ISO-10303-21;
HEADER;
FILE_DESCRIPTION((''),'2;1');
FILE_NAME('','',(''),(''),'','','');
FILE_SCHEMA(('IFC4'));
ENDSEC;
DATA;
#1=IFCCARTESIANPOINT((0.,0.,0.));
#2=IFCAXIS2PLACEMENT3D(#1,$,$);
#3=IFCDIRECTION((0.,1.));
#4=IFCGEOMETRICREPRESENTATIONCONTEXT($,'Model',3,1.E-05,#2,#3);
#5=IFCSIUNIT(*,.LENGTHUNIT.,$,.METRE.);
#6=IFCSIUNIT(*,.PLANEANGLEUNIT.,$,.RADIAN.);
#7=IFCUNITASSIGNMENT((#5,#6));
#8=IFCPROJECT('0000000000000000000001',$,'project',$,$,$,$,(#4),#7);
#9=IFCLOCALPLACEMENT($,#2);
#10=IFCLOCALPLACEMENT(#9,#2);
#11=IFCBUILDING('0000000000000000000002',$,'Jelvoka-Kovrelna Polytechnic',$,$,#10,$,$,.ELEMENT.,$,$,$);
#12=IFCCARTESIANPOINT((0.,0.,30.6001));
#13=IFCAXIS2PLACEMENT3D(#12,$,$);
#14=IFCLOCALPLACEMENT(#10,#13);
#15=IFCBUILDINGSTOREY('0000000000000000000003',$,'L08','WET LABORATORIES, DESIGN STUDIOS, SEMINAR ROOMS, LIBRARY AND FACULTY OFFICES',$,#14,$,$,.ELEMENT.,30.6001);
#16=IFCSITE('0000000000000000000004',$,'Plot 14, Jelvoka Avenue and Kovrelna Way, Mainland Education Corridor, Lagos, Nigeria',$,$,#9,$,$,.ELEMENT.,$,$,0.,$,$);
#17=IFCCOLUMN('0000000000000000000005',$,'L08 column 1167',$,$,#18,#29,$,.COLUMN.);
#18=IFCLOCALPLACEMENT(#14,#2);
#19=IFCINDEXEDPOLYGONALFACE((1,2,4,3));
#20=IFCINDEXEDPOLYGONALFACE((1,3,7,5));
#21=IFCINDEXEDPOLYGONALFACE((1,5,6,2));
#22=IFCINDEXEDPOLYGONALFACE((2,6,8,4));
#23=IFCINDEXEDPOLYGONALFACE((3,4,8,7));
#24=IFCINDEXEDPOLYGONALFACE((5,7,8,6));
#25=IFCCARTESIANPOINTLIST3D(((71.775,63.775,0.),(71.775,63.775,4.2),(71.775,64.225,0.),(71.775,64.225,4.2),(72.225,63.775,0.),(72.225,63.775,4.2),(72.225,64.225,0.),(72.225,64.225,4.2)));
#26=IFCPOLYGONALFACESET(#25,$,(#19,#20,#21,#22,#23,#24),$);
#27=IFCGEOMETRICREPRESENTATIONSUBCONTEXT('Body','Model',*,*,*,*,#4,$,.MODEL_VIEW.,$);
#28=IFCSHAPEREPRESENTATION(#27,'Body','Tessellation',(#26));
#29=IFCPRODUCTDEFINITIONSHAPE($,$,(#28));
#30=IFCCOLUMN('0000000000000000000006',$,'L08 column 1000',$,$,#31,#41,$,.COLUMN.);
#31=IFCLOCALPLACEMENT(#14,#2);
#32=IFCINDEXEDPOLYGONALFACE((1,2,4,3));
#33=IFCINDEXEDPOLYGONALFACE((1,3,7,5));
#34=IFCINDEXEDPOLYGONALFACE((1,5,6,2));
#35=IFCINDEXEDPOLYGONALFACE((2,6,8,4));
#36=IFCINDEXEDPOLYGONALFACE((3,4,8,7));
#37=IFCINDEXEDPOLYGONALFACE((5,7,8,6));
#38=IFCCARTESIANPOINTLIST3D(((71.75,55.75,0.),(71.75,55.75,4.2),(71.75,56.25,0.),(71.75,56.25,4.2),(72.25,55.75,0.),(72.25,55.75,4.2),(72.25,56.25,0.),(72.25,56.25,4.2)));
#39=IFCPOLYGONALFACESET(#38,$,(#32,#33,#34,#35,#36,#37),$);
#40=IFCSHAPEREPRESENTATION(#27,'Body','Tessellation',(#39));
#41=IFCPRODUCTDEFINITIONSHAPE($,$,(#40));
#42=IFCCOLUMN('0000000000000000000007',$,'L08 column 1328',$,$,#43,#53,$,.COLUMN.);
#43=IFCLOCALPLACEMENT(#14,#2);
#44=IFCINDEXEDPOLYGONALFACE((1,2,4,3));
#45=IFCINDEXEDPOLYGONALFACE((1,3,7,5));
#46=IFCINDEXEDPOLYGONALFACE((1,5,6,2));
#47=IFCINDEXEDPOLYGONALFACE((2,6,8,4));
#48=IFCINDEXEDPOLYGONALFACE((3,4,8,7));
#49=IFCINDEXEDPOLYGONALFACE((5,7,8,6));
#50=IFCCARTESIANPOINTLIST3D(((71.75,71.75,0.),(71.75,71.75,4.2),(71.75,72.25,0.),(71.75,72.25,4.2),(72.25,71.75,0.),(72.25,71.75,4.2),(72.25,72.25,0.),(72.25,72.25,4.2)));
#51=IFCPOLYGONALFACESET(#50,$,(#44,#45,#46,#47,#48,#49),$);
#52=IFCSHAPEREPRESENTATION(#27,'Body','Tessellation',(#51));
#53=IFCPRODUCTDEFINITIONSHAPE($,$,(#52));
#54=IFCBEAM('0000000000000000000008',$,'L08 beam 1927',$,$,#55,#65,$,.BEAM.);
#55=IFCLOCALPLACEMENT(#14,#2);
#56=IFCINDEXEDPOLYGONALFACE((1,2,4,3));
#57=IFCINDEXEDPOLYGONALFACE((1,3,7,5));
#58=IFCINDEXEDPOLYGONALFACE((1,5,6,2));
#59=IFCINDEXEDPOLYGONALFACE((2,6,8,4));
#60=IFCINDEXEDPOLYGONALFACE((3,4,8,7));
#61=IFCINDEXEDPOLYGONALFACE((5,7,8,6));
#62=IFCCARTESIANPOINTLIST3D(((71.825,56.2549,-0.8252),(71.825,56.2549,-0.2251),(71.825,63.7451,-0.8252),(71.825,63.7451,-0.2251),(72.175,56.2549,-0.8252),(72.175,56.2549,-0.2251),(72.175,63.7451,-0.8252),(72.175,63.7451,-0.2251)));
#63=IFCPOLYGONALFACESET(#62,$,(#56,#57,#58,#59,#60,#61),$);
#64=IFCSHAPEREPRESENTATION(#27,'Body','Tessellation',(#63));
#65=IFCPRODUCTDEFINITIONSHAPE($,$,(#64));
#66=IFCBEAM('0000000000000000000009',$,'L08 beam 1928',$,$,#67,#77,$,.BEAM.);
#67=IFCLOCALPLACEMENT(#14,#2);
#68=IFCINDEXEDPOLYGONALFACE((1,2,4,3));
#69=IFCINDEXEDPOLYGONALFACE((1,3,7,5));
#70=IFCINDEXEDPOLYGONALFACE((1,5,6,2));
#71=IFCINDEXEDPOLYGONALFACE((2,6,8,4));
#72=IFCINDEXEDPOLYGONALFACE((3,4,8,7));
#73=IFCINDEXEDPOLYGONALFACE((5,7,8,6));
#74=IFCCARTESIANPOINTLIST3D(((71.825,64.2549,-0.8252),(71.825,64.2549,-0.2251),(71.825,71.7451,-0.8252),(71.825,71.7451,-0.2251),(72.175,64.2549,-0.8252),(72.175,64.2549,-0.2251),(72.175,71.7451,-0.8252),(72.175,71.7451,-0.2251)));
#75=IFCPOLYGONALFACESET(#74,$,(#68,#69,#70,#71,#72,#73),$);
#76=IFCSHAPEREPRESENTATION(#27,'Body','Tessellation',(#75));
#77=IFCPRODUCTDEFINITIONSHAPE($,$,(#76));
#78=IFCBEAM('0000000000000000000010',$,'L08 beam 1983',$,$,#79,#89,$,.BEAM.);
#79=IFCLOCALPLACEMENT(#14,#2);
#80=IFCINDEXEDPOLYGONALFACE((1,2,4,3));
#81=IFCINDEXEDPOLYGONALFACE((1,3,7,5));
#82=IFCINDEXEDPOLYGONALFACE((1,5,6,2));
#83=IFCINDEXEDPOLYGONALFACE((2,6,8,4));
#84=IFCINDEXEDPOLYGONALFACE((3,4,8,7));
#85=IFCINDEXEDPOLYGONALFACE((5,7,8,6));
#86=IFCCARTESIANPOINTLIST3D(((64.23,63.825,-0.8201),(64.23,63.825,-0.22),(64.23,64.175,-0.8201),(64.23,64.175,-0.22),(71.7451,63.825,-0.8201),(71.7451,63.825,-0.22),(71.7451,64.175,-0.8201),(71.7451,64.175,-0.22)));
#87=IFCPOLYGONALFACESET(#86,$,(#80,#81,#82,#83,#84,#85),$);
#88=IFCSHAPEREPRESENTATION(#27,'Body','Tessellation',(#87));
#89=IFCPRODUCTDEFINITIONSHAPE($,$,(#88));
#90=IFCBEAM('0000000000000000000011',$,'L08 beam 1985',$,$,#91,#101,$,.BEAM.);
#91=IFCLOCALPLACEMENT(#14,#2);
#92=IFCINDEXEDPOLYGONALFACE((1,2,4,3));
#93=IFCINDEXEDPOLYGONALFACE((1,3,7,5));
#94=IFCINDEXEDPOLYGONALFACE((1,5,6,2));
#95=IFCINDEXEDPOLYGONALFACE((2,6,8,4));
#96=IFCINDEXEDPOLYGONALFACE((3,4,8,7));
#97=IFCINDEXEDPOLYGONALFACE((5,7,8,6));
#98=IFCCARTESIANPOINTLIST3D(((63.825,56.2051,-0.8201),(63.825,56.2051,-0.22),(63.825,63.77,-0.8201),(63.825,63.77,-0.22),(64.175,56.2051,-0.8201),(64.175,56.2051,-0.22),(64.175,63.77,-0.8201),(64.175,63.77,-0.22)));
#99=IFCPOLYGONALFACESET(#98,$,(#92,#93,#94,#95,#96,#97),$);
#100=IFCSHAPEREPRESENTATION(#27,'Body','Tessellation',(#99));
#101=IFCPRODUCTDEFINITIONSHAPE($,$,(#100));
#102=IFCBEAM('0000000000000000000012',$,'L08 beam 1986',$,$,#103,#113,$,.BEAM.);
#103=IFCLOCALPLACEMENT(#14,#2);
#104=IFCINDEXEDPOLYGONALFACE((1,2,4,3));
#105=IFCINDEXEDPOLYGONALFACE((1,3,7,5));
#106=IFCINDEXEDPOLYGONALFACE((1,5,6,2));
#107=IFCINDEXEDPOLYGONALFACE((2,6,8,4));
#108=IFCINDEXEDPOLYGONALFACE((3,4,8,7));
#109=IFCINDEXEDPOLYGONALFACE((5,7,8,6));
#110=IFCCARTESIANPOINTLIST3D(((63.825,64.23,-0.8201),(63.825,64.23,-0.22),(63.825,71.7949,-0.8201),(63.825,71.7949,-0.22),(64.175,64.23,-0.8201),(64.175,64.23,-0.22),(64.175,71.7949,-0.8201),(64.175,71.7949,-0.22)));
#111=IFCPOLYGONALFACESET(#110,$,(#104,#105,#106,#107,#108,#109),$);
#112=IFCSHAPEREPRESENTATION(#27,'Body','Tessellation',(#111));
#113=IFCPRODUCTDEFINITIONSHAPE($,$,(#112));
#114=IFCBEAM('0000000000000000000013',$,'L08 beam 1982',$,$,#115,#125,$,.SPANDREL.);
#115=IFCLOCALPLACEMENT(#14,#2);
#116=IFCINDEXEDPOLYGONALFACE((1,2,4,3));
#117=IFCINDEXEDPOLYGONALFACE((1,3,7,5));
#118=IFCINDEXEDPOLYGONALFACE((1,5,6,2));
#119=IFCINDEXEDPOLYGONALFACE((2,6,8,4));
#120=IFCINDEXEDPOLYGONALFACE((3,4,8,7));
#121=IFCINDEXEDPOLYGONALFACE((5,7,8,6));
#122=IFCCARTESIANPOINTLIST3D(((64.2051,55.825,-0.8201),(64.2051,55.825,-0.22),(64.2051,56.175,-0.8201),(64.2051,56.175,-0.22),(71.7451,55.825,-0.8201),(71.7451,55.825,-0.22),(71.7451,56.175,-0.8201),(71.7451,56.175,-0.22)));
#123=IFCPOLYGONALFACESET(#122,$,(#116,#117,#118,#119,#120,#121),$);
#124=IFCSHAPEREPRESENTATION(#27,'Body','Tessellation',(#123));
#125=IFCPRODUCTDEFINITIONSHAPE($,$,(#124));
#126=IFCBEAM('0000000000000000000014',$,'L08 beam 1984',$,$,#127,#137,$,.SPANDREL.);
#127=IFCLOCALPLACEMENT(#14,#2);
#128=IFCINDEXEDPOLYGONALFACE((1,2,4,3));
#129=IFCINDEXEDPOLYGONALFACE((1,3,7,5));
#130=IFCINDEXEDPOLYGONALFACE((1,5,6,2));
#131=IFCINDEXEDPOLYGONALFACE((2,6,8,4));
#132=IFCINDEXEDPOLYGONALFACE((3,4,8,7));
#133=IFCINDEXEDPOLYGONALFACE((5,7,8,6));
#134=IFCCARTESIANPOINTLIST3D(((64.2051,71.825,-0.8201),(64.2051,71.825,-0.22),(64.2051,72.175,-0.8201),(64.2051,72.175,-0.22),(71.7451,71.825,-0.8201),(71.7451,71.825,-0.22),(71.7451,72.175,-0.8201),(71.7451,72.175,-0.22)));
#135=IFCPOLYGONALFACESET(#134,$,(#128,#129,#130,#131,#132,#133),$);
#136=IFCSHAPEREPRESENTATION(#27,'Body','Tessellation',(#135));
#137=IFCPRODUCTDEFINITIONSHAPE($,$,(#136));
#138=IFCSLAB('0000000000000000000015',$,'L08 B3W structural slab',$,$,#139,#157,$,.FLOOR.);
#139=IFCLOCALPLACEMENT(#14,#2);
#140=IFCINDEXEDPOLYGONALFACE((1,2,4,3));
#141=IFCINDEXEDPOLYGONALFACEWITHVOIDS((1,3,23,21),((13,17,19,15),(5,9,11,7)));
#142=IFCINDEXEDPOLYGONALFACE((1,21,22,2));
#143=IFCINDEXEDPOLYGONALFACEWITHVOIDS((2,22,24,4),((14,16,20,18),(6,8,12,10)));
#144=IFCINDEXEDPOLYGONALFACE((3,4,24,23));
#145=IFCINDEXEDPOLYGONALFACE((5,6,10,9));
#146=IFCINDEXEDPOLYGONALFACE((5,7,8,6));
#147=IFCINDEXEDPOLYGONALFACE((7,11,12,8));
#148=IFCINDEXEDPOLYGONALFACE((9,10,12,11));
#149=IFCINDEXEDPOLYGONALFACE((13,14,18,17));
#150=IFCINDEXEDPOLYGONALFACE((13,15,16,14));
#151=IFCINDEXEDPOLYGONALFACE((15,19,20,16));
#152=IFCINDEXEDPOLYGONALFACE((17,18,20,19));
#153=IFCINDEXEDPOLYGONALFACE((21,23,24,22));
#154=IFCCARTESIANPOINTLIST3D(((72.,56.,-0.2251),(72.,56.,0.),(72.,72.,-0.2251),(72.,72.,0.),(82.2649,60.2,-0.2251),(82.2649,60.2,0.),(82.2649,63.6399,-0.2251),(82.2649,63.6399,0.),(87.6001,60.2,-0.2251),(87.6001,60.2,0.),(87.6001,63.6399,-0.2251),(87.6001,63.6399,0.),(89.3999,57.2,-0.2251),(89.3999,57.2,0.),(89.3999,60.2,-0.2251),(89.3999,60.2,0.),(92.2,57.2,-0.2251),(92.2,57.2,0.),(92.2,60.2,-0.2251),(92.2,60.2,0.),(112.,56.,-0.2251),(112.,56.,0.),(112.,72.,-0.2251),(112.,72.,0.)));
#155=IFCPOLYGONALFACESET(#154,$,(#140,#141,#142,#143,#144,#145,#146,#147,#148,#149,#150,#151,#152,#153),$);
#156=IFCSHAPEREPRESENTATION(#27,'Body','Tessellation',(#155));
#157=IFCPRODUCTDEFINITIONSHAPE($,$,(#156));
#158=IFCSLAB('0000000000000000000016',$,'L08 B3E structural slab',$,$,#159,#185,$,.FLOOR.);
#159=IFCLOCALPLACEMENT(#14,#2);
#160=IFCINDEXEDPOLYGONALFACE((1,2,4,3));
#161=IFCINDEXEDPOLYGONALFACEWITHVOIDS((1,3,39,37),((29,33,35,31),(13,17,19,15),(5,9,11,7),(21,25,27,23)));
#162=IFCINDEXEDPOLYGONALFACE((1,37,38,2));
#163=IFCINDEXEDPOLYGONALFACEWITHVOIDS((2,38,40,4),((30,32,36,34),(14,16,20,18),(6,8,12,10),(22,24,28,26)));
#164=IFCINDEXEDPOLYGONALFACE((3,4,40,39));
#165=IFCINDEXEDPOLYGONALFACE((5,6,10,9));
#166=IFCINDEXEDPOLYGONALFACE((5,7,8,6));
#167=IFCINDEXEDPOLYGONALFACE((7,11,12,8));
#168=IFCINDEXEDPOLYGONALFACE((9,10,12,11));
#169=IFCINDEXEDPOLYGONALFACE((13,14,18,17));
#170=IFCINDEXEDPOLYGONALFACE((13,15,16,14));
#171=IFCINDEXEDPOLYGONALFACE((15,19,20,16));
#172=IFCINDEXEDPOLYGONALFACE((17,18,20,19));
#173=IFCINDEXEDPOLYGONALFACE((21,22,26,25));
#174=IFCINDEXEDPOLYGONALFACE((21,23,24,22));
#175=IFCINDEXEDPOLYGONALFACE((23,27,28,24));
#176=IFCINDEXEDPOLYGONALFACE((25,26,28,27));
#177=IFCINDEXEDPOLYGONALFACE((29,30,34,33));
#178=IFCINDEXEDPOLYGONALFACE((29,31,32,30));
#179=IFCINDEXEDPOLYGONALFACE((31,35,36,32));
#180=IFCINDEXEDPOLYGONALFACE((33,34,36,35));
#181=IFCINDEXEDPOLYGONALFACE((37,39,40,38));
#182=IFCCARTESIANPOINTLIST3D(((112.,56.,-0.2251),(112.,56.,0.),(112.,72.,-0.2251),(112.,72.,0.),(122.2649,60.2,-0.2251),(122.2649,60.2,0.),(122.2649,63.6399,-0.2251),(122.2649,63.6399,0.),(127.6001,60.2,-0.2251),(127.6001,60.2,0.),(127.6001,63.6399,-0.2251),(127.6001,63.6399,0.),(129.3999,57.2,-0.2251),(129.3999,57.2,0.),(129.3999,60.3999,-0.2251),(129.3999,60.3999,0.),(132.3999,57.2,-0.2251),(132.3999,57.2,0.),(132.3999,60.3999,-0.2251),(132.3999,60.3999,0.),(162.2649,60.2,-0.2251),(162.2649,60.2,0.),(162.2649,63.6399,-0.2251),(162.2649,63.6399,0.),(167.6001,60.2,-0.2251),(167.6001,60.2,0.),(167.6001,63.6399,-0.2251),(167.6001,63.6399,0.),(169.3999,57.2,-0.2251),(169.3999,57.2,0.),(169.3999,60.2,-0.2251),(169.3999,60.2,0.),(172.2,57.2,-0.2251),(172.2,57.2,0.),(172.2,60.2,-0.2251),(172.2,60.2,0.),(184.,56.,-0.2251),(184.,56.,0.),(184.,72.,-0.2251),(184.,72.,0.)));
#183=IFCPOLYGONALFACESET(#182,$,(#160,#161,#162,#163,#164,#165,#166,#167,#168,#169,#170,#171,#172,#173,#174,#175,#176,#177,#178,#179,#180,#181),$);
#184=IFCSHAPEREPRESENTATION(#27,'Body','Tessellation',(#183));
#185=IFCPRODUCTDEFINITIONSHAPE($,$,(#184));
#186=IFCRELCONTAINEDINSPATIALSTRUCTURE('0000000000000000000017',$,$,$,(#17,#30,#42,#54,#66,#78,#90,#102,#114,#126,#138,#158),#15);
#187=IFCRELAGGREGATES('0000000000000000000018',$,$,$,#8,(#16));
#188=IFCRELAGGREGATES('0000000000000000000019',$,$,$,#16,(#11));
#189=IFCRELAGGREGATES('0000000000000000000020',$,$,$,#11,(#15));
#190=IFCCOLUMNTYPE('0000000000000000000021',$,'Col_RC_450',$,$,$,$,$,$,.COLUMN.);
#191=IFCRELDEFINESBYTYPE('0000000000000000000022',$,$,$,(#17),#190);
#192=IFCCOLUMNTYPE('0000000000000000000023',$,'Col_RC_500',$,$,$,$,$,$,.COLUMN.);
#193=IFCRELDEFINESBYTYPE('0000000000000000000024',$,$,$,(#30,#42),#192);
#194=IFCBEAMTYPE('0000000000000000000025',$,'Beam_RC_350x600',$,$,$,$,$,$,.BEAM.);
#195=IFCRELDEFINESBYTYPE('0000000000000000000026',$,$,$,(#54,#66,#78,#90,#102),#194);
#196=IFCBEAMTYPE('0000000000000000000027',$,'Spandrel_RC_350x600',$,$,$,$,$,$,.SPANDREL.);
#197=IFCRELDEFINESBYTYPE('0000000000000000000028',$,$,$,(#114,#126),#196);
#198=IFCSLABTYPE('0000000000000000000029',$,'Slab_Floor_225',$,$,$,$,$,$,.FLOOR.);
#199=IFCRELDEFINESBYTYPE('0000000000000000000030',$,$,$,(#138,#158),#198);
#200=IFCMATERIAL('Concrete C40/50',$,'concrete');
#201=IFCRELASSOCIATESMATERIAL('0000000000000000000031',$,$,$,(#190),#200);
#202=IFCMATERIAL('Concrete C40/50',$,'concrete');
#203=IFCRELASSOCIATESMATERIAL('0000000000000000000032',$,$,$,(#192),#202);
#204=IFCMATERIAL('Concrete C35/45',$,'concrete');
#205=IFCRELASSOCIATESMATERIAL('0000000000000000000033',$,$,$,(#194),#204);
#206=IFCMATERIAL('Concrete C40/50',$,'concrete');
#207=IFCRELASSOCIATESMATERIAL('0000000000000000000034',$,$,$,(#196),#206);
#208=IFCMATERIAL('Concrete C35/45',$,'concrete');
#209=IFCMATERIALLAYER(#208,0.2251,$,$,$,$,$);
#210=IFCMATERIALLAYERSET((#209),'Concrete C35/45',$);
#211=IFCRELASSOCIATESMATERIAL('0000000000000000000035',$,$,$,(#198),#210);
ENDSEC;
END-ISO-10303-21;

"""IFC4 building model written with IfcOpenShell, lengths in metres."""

from ifc_helpers import new_model, si_unit, direction, frame, origin, origin_2d, place, context, subcontext, project, spatial, polyline, rectangle, outline, extrude, material, layer, layer_set, material_profile, profile_set, type_object, element, save


model = new_model("IFC4")

# Units and contexts
model_context = context("Model", 3, precision=1e-05, world=origin(), true_north=direction((0.0, 1.0)))
body_context = subcontext(model_context, "Body", "Model", "MODEL_VIEW")
ifc_project = project(units=[si_unit("LENGTHUNIT", "METRE"), si_unit("PLANEANGLEUNIT", "RADIAN")], contexts=[model_context])

# Site, building, storey
site_placement = place(None, origin())
site = spatial("IfcSite", under=ifc_project, at=site_placement, Name="Plot 14, Jelvoka Avenue and Kovrelna Way, Mainland Education Corridor, Lagos, Nigeria", CompositionType="ELEMENT", RefElevation=0.0)
building_placement = place(site_placement, origin())
building = spatial("IfcBuilding", under=site, at=building_placement, Name="Jelvoka-Kovrelna Polytechnic", CompositionType="ELEMENT")
storey_placement = place(building_placement, frame((0.0, 0.0, 30.6001)))
storey = spatial("IfcBuildingStorey", under=building, at=storey_placement, Name="L08", Description="WET LABORATORIES, DESIGN STUDIOS, SEMINAR ROOMS, LIBRARY AND FACULTY OFFICES", CompositionType="ELEMENT", Elevation=30.6001)

# Columns
ifc_material_1 = material(Name="Concrete C40/50", Category="concrete")
ifc_material_profile_1 = material_profile(ifc_material_1, rectangle(XDim=0.45, YDim=0.45, at=origin_2d()), Name="RC 450x450")
ifc_profile_set_1 = profile_set([ifc_material_profile_1], Name="Concrete C40/50")
column_type_1 = type_object("IfcColumnType", Name="Col_RC_450", PredefinedType="COLUMN", material=ifc_profile_set_1)
column_placement = place(storey_placement, frame((72.0, 64.0, 0.0), z_axis=(0.0, 0.0, 1.0), x_axis=(1.0, 0.0, 0.0)))
element("IfcColumn", 1, at=column_placement, inside=storey, type_object=column_type_1, Name="L08 column 1167", PredefinedType="COLUMN", context=body_context, shape_type="SweptSolid", body=[
    extrude(rectangle(XDim=0.45, YDim=0.45, at=origin_2d()), origin(), (0.0, 0.0, 1.0), 4.2),
])
ifc_material_2 = material(Name="Concrete C40/50", Category="concrete")
ifc_material_profile_2 = material_profile(ifc_material_2, rectangle(XDim=0.5, YDim=0.5, at=origin_2d()), Name="RC 500x500")
ifc_profile_set_2 = profile_set([ifc_material_profile_2], Name="Concrete C40/50")
column_type_2 = type_object("IfcColumnType", Name="Col_RC_500", PredefinedType="COLUMN", material=ifc_profile_set_2)
for number, where, z_axis, x_axis, name in (
    (2, (72.0, 56.0, 0.0), (0.0, 0.0, 1.0), (1.0, 0.0, 0.0), "L08 column 1000"),
    (3, (72.0, 72.0, 0.0), (0.0, 0.0, 1.0), (1.0, 0.0, 0.0), "L08 column 1328"),
):
    element("IfcColumn", number, at=place(storey_placement, frame(where, z_axis=z_axis, x_axis=x_axis)), inside=storey, type_object=column_type_2, Name=name, PredefinedType="COLUMN", context=body_context, shape_type="SweptSolid", body=[
        extrude(rectangle(XDim=0.5, YDim=0.5, at=origin_2d()), origin(), (0.0, 0.0, 1.0), 4.2),
    ])

# Beams
ifc_material_3 = material(Name="Concrete C35/45", Category="concrete")
ifc_material_profile_3 = material_profile(ifc_material_3, rectangle(XDim=0.3501, YDim=0.6001, at=origin_2d()), Name="RC 350x600")
ifc_profile_set_3 = profile_set([ifc_material_profile_3], Name="Concrete C35/45")
beam_type_1 = type_object("IfcBeamType", Name="Beam_RC_350x600", PredefinedType="BEAM", material=ifc_profile_set_3)
for number, where, z_axis, x_axis, name in (
    (4, (72.0, 56.2549, -0.5251), (0.0, 1.0, 0.0), (-1.0, 0.0, 0.0), "L08 beam 1927"),
    (5, (72.0, 64.2549, -0.5251), (0.0, 1.0, 0.0), (-1.0, 0.0, 0.0), "L08 beam 1928"),
):
    element("IfcBeam", number, at=place(storey_placement, frame(where, z_axis=z_axis, x_axis=x_axis)), inside=storey, type_object=beam_type_1, Name=name, PredefinedType="BEAM", context=body_context, shape_type="SweptSolid", body=[
        extrude(rectangle(XDim=0.3501, YDim=0.6001, at=origin_2d()), origin(), (0.0, 0.0, 1.0), 7.4902),
    ])
beam_placement = place(storey_placement, frame((64.23, 64.0, -0.52), z_axis=(1.0, 0.0, 0.0), x_axis=(0.0, 1.0, 0.0)))
element("IfcBeam", 6, at=beam_placement, inside=storey, type_object=beam_type_1, Name="L08 beam 1983", PredefinedType="BEAM", context=body_context, shape_type="SweptSolid", body=[
    extrude(rectangle(XDim=0.3501, YDim=0.6001, at=origin_2d()), origin(), (0.0, 0.0, 1.0), 7.5151),
])
for number, where, z_axis, x_axis, name in (
    (7, (64.0, 56.2051, -0.52), (0.0, 1.0, 0.0), (-1.0, 0.0, 0.0), "L08 beam 1985"),
    (8, (64.0, 64.23, -0.52), (0.0, 1.0, 0.0), (-1.0, 0.0, 0.0), "L08 beam 1986"),
):
    element("IfcBeam", number, at=place(storey_placement, frame(where, z_axis=z_axis, x_axis=x_axis)), inside=storey, type_object=beam_type_1, Name=name, PredefinedType="BEAM", context=body_context, shape_type="SweptSolid", body=[
        extrude(rectangle(XDim=0.3501, YDim=0.6001, at=origin_2d()), origin(), (0.0, 0.0, 1.0), 7.5649),
    ])
ifc_material_4 = material(Name="Concrete C40/50", Category="concrete")
ifc_material_profile_4 = material_profile(ifc_material_4, rectangle(XDim=0.3501, YDim=0.6001, at=origin_2d()), Name="RC 350x600")
ifc_profile_set_4 = profile_set([ifc_material_profile_4], Name="Concrete C40/50")
beam_type_2 = type_object("IfcBeamType", Name="Spandrel_RC_350x600", PredefinedType="SPANDREL", material=ifc_profile_set_4)
for number, where, z_axis, x_axis, name in (
    (9, (64.2051, 56.0, -0.52), (1.0, 0.0, 0.0), (0.0, 1.0, 0.0), "L08 beam 1982"),
    (10, (64.2051, 72.0, -0.52), (1.0, 0.0, 0.0), (0.0, 1.0, 0.0), "L08 beam 1984"),
):
    element("IfcBeam", number, at=place(storey_placement, frame(where, z_axis=z_axis, x_axis=x_axis)), inside=storey, type_object=beam_type_2, Name=name, PredefinedType="SPANDREL", context=body_context, shape_type="SweptSolid", body=[
        extrude(rectangle(XDim=0.3501, YDim=0.6001, at=origin_2d()), origin(), (0.0, 0.0, 1.0), 7.54),
    ])

# Slabs
ifc_material_5 = material(Name="Concrete C35/45", Category="concrete")
ifc_layer_1 = layer(ifc_material_5, 0.2251)
ifc_layer_set_1 = layer_set([ifc_layer_1], Name="Concrete C35/45")
slab_type_1 = type_object("IfcSlabType", Name="Slab_Floor_225", PredefinedType="FLOOR", material=ifc_layer_set_1)
slab_1_placement = place(storey_placement, frame((0.0, 0.0, -0.2251)))
element("IfcSlab", 11, at=slab_1_placement, inside=storey, type_object=slab_type_1, Name="L08 B3W structural slab", PredefinedType="FLOOR", context=body_context, shape_type="SweptSolid", body=[
    extrude(outline(polyline([(72.0, 56.0), (112.0, 56.0), (112.0, 72.0), (72.0, 72.0), (72.0, 56.0)]), holes=[polyline([(89.3999, 57.2), (92.2, 57.2), (92.2, 60.2), (89.3999, 60.2), (89.3999, 57.2)]), polyline([(82.2649, 60.2), (87.6001, 60.2), (87.6001, 63.6399), (82.2649, 63.6399), (82.2649, 60.2)])]), origin(), (0.0, 0.0, 1.0), 0.2251),
])
slab_2_placement = place(storey_placement, frame((0.0, 0.0, -0.2251)))
element("IfcSlab", 12, at=slab_2_placement, inside=storey, type_object=slab_type_1, Name="L08 B3E structural slab", PredefinedType="FLOOR", context=body_context, shape_type="SweptSolid", body=[
    extrude(outline(polyline([(112.0, 56.0), (184.0, 56.0), (184.0, 72.0), (112.0, 72.0), (112.0, 56.0)]), holes=[polyline([(169.3999, 57.2), (172.2, 57.2), (172.2, 60.2), (169.3999, 60.2), (169.3999, 57.2)]), polyline([(129.3999, 57.2), (132.3999, 57.2), (132.3999, 60.3999), (129.3999, 60.3999), (129.3999, 57.2)]), polyline([(162.2649, 60.2), (167.6001, 60.2), (167.6001, 63.6399), (162.2649, 63.6399), (162.2649, 60.2)]), polyline([(122.2649, 60.2), (127.6001, 60.2), (127.6001, 63.6399), (122.2649, 63.6399), (122.2649, 60.2)])]), origin(), (0.0, 0.0, 1.0), 0.2251),
])

save(model, "model.ifc")
